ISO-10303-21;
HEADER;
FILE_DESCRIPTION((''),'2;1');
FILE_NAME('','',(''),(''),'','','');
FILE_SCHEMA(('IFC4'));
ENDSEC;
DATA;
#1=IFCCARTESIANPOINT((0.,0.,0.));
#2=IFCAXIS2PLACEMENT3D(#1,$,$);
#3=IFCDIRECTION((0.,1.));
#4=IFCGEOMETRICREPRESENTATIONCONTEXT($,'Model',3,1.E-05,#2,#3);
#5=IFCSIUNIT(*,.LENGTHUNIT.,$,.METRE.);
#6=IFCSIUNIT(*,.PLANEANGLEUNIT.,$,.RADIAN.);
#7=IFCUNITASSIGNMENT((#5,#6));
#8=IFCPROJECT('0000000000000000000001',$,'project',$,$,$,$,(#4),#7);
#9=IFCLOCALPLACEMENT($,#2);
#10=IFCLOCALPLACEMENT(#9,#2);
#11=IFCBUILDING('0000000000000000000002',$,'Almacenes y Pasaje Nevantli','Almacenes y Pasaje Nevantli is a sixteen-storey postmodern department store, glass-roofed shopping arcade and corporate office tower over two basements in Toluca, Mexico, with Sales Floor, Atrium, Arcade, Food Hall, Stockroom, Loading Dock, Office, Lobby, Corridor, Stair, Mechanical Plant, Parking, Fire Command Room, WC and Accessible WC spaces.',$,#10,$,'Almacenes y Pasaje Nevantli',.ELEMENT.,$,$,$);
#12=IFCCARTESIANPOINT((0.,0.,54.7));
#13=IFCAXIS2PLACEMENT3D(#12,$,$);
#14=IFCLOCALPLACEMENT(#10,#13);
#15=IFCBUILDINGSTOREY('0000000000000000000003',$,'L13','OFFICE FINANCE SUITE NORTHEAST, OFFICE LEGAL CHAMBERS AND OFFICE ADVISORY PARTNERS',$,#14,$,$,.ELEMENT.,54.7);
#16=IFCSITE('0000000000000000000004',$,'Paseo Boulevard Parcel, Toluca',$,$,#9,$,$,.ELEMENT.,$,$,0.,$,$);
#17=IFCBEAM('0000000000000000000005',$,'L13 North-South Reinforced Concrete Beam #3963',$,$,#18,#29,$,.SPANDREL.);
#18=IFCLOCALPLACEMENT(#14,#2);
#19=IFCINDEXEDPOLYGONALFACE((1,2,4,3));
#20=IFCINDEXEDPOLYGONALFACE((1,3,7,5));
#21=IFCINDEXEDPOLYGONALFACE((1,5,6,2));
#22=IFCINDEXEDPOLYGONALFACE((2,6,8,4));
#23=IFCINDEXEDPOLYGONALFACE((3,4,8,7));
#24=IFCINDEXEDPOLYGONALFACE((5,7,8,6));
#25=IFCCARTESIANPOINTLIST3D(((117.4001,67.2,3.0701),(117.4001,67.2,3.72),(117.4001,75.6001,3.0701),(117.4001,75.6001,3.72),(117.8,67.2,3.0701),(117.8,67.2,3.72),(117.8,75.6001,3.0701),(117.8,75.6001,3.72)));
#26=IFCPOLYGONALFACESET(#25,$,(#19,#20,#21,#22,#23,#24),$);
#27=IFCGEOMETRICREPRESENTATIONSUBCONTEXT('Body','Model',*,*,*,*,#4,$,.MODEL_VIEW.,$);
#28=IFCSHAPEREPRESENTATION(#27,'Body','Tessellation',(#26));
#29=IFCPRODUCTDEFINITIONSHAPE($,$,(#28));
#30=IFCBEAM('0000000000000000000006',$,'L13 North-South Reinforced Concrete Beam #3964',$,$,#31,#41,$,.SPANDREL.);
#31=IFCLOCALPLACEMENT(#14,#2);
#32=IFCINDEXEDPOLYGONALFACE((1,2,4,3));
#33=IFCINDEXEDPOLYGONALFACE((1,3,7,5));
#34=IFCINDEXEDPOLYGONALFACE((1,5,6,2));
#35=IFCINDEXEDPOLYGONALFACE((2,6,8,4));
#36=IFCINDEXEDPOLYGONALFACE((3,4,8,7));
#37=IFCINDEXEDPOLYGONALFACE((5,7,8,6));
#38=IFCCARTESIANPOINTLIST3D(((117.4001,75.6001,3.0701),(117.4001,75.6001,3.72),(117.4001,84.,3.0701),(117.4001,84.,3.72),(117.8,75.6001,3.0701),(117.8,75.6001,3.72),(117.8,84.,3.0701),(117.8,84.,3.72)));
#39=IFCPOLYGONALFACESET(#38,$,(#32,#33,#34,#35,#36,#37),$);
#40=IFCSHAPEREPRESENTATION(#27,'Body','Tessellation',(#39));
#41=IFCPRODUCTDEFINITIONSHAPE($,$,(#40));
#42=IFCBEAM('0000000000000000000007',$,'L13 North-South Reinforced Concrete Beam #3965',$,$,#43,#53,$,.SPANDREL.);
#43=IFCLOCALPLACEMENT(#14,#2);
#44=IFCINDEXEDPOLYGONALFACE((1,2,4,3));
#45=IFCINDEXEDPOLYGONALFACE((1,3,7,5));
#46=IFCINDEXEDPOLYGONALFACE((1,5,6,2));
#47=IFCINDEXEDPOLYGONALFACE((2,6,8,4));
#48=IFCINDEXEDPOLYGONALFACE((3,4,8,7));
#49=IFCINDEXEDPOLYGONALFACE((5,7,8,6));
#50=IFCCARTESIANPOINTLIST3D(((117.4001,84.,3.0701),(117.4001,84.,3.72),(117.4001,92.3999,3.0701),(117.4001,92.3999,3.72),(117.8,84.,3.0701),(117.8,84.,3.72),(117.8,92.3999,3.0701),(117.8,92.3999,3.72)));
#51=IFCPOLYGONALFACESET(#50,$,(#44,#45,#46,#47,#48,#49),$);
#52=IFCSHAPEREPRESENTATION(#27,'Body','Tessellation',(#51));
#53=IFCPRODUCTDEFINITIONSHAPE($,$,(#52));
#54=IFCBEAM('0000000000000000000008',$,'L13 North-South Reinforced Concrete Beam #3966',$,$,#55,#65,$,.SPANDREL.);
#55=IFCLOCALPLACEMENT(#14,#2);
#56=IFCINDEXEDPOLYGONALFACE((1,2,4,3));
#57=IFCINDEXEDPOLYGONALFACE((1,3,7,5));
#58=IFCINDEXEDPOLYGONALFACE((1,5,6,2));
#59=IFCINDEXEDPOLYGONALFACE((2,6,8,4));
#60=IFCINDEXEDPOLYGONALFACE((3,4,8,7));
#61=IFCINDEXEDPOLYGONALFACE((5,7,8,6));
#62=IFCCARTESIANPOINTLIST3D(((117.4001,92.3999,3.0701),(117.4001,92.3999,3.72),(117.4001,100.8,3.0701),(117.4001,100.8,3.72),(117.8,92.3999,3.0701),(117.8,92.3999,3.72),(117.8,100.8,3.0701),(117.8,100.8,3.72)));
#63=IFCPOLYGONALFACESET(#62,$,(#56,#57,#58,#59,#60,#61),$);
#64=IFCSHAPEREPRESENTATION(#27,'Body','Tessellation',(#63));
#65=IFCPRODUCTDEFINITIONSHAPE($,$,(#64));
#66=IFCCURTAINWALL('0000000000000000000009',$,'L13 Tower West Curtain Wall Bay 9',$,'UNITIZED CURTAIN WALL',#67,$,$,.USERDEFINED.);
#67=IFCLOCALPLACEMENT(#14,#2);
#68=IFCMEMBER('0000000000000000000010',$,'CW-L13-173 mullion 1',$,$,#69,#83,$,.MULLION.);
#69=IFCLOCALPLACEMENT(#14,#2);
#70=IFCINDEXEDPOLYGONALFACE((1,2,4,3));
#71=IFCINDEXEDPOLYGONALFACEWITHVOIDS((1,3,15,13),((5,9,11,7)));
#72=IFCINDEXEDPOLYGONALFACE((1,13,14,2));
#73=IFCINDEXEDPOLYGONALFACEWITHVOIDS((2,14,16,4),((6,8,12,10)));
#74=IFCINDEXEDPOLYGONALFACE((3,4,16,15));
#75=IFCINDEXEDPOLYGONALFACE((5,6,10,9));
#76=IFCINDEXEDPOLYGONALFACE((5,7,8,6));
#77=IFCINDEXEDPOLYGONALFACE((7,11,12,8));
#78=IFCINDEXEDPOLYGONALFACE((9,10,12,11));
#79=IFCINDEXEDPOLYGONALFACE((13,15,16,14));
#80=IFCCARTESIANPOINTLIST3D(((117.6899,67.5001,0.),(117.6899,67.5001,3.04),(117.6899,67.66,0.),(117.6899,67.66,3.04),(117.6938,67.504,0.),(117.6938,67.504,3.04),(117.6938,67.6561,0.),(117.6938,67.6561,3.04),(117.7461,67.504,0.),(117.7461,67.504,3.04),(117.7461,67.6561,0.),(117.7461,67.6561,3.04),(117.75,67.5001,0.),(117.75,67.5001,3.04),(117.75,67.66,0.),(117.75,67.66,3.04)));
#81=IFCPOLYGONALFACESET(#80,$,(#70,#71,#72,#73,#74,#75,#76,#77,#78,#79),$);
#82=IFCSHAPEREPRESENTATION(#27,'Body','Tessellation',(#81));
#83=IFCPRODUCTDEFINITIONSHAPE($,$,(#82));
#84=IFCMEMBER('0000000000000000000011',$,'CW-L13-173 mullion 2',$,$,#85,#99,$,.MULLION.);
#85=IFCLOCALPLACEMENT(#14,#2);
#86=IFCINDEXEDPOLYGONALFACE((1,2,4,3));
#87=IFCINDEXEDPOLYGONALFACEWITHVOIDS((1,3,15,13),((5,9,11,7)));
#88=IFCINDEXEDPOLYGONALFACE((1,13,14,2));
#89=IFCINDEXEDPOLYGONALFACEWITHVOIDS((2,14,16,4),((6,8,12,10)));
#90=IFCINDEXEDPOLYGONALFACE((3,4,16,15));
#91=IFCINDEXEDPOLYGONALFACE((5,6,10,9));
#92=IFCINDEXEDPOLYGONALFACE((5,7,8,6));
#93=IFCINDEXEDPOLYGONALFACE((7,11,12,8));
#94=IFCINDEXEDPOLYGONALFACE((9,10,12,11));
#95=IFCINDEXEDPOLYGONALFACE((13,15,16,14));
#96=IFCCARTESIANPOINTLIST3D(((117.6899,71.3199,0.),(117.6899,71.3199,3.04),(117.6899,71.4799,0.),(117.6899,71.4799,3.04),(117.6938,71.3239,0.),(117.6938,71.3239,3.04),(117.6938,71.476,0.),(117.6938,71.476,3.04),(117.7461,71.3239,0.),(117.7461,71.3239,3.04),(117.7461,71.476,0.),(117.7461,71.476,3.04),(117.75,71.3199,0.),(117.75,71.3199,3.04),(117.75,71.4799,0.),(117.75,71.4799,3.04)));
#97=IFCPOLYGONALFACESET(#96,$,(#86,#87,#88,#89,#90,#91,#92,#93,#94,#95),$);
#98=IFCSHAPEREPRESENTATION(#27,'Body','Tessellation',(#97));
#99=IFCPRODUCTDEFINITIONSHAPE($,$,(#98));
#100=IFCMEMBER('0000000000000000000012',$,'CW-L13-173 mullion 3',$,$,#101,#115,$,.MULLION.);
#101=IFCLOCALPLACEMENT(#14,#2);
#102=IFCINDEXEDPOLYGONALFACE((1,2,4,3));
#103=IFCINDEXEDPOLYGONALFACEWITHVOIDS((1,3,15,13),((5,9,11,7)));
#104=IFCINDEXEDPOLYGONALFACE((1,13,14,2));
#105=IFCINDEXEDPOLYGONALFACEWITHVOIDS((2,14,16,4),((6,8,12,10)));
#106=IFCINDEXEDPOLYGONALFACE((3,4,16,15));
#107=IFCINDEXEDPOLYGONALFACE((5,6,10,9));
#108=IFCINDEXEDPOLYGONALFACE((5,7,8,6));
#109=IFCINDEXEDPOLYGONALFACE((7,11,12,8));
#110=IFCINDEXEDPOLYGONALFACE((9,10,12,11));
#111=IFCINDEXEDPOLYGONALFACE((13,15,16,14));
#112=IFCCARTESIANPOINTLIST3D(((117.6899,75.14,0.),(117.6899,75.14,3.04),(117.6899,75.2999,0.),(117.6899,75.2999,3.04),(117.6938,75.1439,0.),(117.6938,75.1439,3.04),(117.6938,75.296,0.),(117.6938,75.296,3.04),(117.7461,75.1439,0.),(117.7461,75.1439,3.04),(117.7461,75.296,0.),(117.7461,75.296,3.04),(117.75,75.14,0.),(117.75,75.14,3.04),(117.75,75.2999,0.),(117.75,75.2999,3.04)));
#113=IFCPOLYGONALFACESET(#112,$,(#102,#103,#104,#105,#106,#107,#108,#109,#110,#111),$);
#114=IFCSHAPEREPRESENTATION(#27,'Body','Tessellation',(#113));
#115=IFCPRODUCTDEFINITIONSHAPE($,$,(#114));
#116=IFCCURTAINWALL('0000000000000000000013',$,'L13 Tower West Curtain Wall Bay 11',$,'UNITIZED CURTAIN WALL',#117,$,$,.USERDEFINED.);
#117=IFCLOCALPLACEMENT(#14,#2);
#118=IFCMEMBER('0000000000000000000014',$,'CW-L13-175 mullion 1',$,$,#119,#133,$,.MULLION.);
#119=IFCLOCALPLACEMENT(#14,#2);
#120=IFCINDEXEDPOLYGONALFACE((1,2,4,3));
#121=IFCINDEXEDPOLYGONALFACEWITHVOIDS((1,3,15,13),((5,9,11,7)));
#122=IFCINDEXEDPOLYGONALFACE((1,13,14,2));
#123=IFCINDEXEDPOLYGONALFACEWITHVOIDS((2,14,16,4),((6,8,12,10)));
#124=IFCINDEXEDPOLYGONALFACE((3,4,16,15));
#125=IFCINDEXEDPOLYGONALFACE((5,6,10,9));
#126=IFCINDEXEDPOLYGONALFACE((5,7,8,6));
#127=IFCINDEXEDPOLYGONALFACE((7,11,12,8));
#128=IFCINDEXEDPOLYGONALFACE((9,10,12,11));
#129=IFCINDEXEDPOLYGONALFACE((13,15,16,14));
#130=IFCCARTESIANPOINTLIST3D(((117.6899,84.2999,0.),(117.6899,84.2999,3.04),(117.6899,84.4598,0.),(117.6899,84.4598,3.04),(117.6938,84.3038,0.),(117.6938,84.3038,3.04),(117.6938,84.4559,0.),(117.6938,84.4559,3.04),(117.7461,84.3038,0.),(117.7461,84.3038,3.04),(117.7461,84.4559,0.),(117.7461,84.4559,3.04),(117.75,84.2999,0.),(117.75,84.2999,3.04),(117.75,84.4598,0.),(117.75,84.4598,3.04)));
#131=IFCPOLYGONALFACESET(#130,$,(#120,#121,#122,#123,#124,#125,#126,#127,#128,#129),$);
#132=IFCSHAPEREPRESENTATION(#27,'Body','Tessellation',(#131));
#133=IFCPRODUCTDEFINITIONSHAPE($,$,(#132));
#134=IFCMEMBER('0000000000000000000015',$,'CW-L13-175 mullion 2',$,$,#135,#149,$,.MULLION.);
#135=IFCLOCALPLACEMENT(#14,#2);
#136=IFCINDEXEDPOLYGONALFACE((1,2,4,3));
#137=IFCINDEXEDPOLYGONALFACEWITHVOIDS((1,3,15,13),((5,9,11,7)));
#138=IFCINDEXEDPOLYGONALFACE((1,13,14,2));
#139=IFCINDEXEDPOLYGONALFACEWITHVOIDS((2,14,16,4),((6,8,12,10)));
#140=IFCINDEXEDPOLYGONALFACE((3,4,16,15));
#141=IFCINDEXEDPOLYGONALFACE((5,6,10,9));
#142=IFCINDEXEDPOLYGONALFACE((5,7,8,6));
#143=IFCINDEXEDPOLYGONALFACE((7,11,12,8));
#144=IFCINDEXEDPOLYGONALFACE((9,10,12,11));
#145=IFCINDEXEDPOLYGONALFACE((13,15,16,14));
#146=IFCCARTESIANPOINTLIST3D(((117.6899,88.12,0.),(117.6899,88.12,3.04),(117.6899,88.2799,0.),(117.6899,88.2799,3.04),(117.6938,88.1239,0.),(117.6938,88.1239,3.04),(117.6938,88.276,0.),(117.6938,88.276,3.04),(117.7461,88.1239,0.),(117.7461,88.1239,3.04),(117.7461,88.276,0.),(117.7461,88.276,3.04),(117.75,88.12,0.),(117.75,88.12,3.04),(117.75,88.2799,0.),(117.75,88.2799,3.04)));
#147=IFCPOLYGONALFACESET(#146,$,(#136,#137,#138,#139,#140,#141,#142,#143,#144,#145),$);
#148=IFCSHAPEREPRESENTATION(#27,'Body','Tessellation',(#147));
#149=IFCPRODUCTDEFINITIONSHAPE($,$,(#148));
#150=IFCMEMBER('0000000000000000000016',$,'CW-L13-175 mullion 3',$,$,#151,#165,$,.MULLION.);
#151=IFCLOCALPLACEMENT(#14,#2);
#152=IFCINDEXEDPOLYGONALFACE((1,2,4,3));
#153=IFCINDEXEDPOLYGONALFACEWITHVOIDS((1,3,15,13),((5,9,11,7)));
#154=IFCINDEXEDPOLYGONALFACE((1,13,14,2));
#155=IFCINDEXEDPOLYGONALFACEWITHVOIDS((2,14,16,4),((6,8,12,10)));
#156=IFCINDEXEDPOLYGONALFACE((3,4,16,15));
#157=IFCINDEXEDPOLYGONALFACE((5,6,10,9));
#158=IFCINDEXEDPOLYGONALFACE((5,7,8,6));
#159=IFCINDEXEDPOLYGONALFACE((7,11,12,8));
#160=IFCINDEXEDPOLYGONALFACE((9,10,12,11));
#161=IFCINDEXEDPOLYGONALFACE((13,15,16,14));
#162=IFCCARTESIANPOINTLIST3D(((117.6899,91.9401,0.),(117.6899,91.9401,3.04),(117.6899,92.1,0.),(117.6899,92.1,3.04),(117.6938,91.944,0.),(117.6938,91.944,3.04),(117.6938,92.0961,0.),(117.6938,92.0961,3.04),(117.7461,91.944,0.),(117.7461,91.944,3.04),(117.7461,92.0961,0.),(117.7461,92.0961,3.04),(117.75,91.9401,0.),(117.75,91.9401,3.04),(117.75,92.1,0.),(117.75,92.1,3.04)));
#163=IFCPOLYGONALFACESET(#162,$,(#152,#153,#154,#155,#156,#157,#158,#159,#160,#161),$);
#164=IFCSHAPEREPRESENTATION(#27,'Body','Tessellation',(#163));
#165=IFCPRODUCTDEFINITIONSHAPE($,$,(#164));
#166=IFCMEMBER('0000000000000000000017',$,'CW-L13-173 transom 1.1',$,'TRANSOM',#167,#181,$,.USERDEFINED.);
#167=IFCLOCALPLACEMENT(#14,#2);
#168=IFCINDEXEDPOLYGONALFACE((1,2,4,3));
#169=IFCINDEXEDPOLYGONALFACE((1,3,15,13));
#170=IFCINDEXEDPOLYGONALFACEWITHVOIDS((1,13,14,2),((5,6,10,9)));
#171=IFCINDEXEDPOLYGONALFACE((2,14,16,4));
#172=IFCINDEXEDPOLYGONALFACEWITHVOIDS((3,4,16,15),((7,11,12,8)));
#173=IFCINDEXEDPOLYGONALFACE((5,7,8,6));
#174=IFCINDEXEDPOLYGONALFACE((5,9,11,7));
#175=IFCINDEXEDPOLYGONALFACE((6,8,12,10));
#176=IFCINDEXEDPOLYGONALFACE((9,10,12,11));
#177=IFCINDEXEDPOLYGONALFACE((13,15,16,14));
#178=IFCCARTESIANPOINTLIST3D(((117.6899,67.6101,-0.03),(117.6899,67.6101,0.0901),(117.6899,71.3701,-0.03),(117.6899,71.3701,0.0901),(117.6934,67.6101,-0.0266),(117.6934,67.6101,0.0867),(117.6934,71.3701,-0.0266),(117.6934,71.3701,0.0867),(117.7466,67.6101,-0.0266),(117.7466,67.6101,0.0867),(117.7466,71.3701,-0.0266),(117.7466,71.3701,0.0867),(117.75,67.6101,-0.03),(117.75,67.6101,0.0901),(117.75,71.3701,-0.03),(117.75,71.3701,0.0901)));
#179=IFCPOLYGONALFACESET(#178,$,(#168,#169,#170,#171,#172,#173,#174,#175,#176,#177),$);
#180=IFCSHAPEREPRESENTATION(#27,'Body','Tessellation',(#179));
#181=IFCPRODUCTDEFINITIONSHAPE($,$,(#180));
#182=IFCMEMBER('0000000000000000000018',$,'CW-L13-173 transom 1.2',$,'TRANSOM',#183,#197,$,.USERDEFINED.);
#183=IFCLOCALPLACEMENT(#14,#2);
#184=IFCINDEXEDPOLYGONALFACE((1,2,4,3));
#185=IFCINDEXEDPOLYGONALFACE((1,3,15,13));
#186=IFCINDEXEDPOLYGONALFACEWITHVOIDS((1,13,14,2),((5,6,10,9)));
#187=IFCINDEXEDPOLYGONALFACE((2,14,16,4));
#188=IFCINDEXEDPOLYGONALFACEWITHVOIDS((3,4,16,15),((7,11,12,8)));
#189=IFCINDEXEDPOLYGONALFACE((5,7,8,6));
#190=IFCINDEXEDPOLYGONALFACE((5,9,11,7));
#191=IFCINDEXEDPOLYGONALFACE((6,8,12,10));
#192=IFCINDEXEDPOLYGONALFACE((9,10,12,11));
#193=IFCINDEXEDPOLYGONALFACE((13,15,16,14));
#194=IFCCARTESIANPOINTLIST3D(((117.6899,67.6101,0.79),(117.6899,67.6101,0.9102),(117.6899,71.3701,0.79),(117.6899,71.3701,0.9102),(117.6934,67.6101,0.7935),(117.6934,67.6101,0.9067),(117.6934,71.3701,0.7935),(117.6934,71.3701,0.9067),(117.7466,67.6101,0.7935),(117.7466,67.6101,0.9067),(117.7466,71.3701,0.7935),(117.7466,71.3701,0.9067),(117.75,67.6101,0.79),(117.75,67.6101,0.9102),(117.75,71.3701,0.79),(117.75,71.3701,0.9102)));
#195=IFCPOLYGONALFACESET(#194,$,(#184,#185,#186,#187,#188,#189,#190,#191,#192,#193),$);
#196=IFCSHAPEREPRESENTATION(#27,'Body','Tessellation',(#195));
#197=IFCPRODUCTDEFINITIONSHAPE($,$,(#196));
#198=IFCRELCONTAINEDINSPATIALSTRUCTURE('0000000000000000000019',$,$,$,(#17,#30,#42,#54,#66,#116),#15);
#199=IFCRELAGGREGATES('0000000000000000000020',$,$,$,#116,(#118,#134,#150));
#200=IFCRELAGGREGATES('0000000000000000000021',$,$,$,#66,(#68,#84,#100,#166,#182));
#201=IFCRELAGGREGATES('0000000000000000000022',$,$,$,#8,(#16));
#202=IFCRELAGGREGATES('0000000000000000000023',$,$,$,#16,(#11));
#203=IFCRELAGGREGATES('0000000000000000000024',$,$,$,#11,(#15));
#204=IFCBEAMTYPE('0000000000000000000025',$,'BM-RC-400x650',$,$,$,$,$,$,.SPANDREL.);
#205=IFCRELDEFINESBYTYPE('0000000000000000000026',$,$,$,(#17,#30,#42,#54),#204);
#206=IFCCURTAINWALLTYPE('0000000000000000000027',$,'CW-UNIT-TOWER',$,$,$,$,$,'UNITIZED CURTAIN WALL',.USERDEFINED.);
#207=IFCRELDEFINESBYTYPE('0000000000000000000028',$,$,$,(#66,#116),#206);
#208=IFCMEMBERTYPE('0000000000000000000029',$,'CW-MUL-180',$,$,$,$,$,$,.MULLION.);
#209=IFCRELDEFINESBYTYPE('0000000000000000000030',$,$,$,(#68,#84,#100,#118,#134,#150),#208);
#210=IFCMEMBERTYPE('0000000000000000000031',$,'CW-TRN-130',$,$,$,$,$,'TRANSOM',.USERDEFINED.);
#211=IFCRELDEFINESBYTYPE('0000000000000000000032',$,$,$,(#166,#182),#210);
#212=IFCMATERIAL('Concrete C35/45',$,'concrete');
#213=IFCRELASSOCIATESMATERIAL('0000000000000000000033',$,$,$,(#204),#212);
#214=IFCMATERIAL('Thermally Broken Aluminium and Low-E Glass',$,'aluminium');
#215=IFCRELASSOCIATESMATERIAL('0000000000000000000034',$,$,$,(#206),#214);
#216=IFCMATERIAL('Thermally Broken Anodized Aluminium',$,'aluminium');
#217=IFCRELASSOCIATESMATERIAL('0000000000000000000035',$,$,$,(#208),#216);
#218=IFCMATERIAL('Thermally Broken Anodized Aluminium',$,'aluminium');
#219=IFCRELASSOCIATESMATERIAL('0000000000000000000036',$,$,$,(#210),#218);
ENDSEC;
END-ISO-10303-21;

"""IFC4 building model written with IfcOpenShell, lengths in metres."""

from ifc_helpers import new_model, si_unit, direction, frame, origin, origin_2d, place, context, subcontext, project, spatial, rectangle, hollow_rectangle, extrude, material, material_profile, profile_set, type_object, element, aggregate, save


model = new_model("IFC4")

# Units and contexts
model_context = context("Model", 3, precision=1e-05, world=origin(), true_north=direction((0.0, 1.0)))
body_context = subcontext(model_context, "Body", "Model", "MODEL_VIEW")
ifc_project = project(units=[si_unit("LENGTHUNIT", "METRE"), si_unit("PLANEANGLEUNIT", "RADIAN")], contexts=[model_context])

# Site, building, storey
site_placement = place(None, origin())
site = spatial("IfcSite", under=ifc_project, at=site_placement, Name="Paseo Boulevard Parcel, Toluca", CompositionType="ELEMENT", RefElevation=0.0)
building_placement = place(site_placement, origin())
building = spatial("IfcBuilding", under=site, at=building_placement, Name="Almacenes y Pasaje Nevantli", Description="Almacenes y Pasaje Nevantli is a sixteen-storey postmodern department store, glass-roofed shopping arcade and corporate office tower over two basements in Toluca, Mexico, with Sales Floor, Atrium, Arcade, Food Hall, Stockroom, Loading Dock, Office, Lobby, Corridor, Stair, Mechanical Plant, Parking, Fire Command Room, WC and Accessible WC spaces.", LongName="Almacenes y Pasaje Nevantli", CompositionType="ELEMENT")
storey_placement = place(building_placement, frame((0.0, 0.0, 54.7)))
storey = spatial("IfcBuildingStorey", under=building, at=storey_placement, Name="L13", Description="OFFICE FINANCE SUITE NORTHEAST, OFFICE LEGAL CHAMBERS AND OFFICE ADVISORY PARTNERS", CompositionType="ELEMENT", Elevation=54.7)

# Beams
ifc_material_1 = material(Name="Concrete C35/45", Category="concrete")
ifc_material_profile_1 = material_profile(ifc_material_1, rectangle(XDim=0.3999, YDim=0.6499, at=origin_2d()), Name="RC-BM-400x650")
ifc_profile_set_1 = profile_set([ifc_material_profile_1], Name="Concrete C35/45")
beam_type = type_object("IfcBeamType", Name="BM-RC-400x650", PredefinedType="SPANDREL", material=ifc_profile_set_1)
beam_1_placement = place(storey_placement, frame((117.6001, 67.2, 3.395), z_axis=(0.0, 1.0, 0.0), x_axis=(-1.0, 0.0, 0.0)))
element("IfcBeam", 1, at=beam_1_placement, inside=storey, type_object=beam_type, Name="L13 North-South Reinforced Concrete Beam #3963", PredefinedType="SPANDREL", context=body_context, shape_type="SweptSolid", body=[
    extrude(rectangle(XDim=0.3999, YDim=0.6499, at=origin_2d()), origin(), (0.0, 0.0, 1.0), 8.4001),
])
for number, where, z_axis, x_axis, name in (
    (2, (117.6001, 75.6001, 3.395), (0.0, 1.0, 0.0), (-1.0, 0.0, 0.0), "L13 North-South Reinforced Concrete Beam #3964"),
    (3, (117.6001, 84.0, 3.395), (0.0, 1.0, 0.0), (-1.0, 0.0, 0.0), "L13 North-South Reinforced Concrete Beam #3965"),
):
    element("IfcBeam", number, at=place(storey_placement, frame(where, z_axis=z_axis, x_axis=x_axis)), inside=storey, type_object=beam_type, Name=name, PredefinedType="SPANDREL", context=body_context, shape_type="SweptSolid", body=[
        extrude(rectangle(XDim=0.3999, YDim=0.6499, at=origin_2d()), origin(), (0.0, 0.0, 1.0), 8.3999),
    ])
beam_2_placement = place(storey_placement, frame((117.6001, 92.3999, 3.395), z_axis=(0.0, 1.0, 0.0), x_axis=(-1.0, 0.0, 0.0)))
element("IfcBeam", 4, at=beam_2_placement, inside=storey, type_object=beam_type, Name="L13 North-South Reinforced Concrete Beam #3966", PredefinedType="SPANDREL", context=body_context, shape_type="SweptSolid", body=[
    extrude(rectangle(XDim=0.3999, YDim=0.6499, at=origin_2d()), origin(), (0.0, 0.0, 1.0), 8.4001),
])

# Curtain walls, members
ifc_material_2 = material(Name="Thermally Broken Aluminium and Low-E Glass", Category="aluminium")
curtain_wall_type = type_object("IfcCurtainWallType", Name="CW-UNIT-TOWER", ElementType="UNITIZED CURTAIN WALL", PredefinedType="USERDEFINED", material=ifc_material_2)
curtain_wall_1_placement = place(storey_placement, origin())
curtain_wall_1 = element("IfcCurtainWall", 5, at=curtain_wall_1_placement, inside=storey, type_object=curtain_wall_type, Name="L13 Tower West Curtain Wall Bay 9", ObjectType="UNITIZED CURTAIN WALL", PredefinedType="USERDEFINED")
ifc_material_3 = material(Name="Thermally Broken Anodized Aluminium", Category="aluminium")
ifc_material_profile_2 = material_profile(ifc_material_3, hollow_rectangle(XDim=0.0601, YDim=0.1599, WallThickness=0.0039, at=origin_2d()), Name="ALU-MUL-60x160")
ifc_profile_set_2 = profile_set([ifc_material_profile_2], Name="Thermally Broken Anodized Aluminium")
member_type_1 = type_object("IfcMemberType", Name="CW-MUL-180", PredefinedType="MULLION", material=ifc_profile_set_2)
member_1_placement = place(storey_placement, frame((117.72, 67.5801, 0.0), z_axis=(0.0, 0.0, 1.0), x_axis=(-1.0, 0.0, 0.0)))
member_1 = element("IfcMember", 6, at=member_1_placement, type_object=member_type_1, Name="CW-L13-173 mullion 1", PredefinedType="MULLION", context=body_context, shape_type="SweptSolid", body=[
    extrude(hollow_rectangle(XDim=0.0601, YDim=0.1599, WallThickness=0.0039, at=origin_2d()), origin(), (0.0, 0.0, 1.0), 3.04),
])
member_2_placement = place(storey_placement, frame((117.72, 71.3999, 0.0), z_axis=(0.0, 0.0, 1.0), x_axis=(-1.0, 0.0, 0.0)))
member_2 = element("IfcMember", 7, at=member_2_placement, type_object=member_type_1, Name="CW-L13-173 mullion 2", PredefinedType="MULLION", context=body_context, shape_type="SweptSolid", body=[
    extrude(hollow_rectangle(XDim=0.0601, YDim=0.1599, WallThickness=0.0039, at=origin_2d()), origin(), (0.0, 0.0, 1.0), 3.04),
])
member_3_placement = place(storey_placement, frame((117.72, 75.22, 0.0), z_axis=(0.0, 0.0, 1.0), x_axis=(-1.0, 0.0, 0.0)))
member_3 = element("IfcMember", 8, at=member_3_placement, type_object=member_type_1, Name="CW-L13-173 mullion 3", PredefinedType="MULLION", context=body_context, shape_type="SweptSolid", body=[
    extrude(hollow_rectangle(XDim=0.0601, YDim=0.1599, WallThickness=0.0039, at=origin_2d()), origin(), (0.0, 0.0, 1.0), 3.04),
])
curtain_wall_2_placement = place(storey_placement, origin())
curtain_wall_2 = element("IfcCurtainWall", 9, at=curtain_wall_2_placement, inside=storey, type_object=curtain_wall_type, Name="L13 Tower West Curtain Wall Bay 11", ObjectType="UNITIZED CURTAIN WALL", PredefinedType="USERDEFINED")
member_4_placement = place(storey_placement, frame((117.72, 84.3799, 0.0), z_axis=(0.0, 0.0, 1.0), x_axis=(-1.0, 0.0, 0.0)))
member_4 = element("IfcMember", 10, at=member_4_placement, type_object=member_type_1, Name="CW-L13-175 mullion 1", PredefinedType="MULLION", context=body_context, shape_type="SweptSolid", body=[
    extrude(hollow_rectangle(XDim=0.0601, YDim=0.1599, WallThickness=0.0039, at=origin_2d()), origin(), (0.0, 0.0, 1.0), 3.04),
])
member_5_placement = place(storey_placement, frame((117.72, 88.2, 0.0), z_axis=(0.0, 0.0, 1.0), x_axis=(-1.0, 0.0, 0.0)))
member_5 = element("IfcMember", 11, at=member_5_placement, type_object=member_type_1, Name="CW-L13-175 mullion 2", PredefinedType="MULLION", context=body_context, shape_type="SweptSolid", body=[
    extrude(hollow_rectangle(XDim=0.0601, YDim=0.1599, WallThickness=0.0039, at=origin_2d()), origin(), (0.0, 0.0, 1.0), 3.04),
])
member_6_placement = place(storey_placement, frame((117.72, 92.02, 0.0), z_axis=(0.0, 0.0, 1.0), x_axis=(-1.0, 0.0, 0.0)))
member_6 = element("IfcMember", 12, at=member_6_placement, type_object=member_type_1, Name="CW-L13-175 mullion 3", PredefinedType="MULLION", context=body_context, shape_type="SweptSolid", body=[
    extrude(hollow_rectangle(XDim=0.0601, YDim=0.1599, WallThickness=0.0039, at=origin_2d()), origin(), (0.0, 0.0, 1.0), 3.04),
])
aggregate(curtain_wall_2, [member_4, member_5, member_6])

# Members
ifc_material_4 = material(Name="Thermally Broken Anodized Aluminium", Category="aluminium")
ifc_material_profile_3 = material_profile(ifc_material_4, hollow_rectangle(XDim=0.0601, YDim=0.1201, WallThickness=0.0034, at=origin_2d()), Name="ALU-TRN-60x120")
ifc_profile_set_3 = profile_set([ifc_material_profile_3], Name="Thermally Broken Anodized Aluminium")
member_type_2 = type_object("IfcMemberType", Name="CW-TRN-130", ElementType="TRANSOM", PredefinedType="USERDEFINED", material=ifc_profile_set_3)
member_7_placement = place(storey_placement, frame((117.72, 67.6101, 0.03), z_axis=(0.0, 1.0, 0.0), x_axis=(-1.0, 0.0, 0.0)))
member_7 = element("IfcMember", 13, at=member_7_placement, type_object=member_type_2, Name="CW-L13-173 transom 1.1", ObjectType="TRANSOM", PredefinedType="USERDEFINED", context=body_context, shape_type="SweptSolid", body=[
    extrude(hollow_rectangle(XDim=0.0601, YDim=0.1201, WallThickness=0.0034, at=origin_2d()), origin(), (0.0, 0.0, 1.0), 3.76),
])
member_8_placement = place(storey_placement, frame((117.72, 67.6101, 0.8501), z_axis=(0.0, 1.0, 0.0), x_axis=(-1.0, 0.0, 0.0)))
member_8 = element("IfcMember", 14, at=member_8_placement, type_object=member_type_2, Name="CW-L13-173 transom 1.2", ObjectType="TRANSOM", PredefinedType="USERDEFINED", context=body_context, shape_type="SweptSolid", body=[
    extrude(hollow_rectangle(XDim=0.0601, YDim=0.1201, WallThickness=0.0034, at=origin_2d()), origin(), (0.0, 0.0, 1.0), 3.76),
])

aggregate(curtain_wall_1, [member_1, member_2, member_3, member_7, member_8])

save(model, "model.ifc")
